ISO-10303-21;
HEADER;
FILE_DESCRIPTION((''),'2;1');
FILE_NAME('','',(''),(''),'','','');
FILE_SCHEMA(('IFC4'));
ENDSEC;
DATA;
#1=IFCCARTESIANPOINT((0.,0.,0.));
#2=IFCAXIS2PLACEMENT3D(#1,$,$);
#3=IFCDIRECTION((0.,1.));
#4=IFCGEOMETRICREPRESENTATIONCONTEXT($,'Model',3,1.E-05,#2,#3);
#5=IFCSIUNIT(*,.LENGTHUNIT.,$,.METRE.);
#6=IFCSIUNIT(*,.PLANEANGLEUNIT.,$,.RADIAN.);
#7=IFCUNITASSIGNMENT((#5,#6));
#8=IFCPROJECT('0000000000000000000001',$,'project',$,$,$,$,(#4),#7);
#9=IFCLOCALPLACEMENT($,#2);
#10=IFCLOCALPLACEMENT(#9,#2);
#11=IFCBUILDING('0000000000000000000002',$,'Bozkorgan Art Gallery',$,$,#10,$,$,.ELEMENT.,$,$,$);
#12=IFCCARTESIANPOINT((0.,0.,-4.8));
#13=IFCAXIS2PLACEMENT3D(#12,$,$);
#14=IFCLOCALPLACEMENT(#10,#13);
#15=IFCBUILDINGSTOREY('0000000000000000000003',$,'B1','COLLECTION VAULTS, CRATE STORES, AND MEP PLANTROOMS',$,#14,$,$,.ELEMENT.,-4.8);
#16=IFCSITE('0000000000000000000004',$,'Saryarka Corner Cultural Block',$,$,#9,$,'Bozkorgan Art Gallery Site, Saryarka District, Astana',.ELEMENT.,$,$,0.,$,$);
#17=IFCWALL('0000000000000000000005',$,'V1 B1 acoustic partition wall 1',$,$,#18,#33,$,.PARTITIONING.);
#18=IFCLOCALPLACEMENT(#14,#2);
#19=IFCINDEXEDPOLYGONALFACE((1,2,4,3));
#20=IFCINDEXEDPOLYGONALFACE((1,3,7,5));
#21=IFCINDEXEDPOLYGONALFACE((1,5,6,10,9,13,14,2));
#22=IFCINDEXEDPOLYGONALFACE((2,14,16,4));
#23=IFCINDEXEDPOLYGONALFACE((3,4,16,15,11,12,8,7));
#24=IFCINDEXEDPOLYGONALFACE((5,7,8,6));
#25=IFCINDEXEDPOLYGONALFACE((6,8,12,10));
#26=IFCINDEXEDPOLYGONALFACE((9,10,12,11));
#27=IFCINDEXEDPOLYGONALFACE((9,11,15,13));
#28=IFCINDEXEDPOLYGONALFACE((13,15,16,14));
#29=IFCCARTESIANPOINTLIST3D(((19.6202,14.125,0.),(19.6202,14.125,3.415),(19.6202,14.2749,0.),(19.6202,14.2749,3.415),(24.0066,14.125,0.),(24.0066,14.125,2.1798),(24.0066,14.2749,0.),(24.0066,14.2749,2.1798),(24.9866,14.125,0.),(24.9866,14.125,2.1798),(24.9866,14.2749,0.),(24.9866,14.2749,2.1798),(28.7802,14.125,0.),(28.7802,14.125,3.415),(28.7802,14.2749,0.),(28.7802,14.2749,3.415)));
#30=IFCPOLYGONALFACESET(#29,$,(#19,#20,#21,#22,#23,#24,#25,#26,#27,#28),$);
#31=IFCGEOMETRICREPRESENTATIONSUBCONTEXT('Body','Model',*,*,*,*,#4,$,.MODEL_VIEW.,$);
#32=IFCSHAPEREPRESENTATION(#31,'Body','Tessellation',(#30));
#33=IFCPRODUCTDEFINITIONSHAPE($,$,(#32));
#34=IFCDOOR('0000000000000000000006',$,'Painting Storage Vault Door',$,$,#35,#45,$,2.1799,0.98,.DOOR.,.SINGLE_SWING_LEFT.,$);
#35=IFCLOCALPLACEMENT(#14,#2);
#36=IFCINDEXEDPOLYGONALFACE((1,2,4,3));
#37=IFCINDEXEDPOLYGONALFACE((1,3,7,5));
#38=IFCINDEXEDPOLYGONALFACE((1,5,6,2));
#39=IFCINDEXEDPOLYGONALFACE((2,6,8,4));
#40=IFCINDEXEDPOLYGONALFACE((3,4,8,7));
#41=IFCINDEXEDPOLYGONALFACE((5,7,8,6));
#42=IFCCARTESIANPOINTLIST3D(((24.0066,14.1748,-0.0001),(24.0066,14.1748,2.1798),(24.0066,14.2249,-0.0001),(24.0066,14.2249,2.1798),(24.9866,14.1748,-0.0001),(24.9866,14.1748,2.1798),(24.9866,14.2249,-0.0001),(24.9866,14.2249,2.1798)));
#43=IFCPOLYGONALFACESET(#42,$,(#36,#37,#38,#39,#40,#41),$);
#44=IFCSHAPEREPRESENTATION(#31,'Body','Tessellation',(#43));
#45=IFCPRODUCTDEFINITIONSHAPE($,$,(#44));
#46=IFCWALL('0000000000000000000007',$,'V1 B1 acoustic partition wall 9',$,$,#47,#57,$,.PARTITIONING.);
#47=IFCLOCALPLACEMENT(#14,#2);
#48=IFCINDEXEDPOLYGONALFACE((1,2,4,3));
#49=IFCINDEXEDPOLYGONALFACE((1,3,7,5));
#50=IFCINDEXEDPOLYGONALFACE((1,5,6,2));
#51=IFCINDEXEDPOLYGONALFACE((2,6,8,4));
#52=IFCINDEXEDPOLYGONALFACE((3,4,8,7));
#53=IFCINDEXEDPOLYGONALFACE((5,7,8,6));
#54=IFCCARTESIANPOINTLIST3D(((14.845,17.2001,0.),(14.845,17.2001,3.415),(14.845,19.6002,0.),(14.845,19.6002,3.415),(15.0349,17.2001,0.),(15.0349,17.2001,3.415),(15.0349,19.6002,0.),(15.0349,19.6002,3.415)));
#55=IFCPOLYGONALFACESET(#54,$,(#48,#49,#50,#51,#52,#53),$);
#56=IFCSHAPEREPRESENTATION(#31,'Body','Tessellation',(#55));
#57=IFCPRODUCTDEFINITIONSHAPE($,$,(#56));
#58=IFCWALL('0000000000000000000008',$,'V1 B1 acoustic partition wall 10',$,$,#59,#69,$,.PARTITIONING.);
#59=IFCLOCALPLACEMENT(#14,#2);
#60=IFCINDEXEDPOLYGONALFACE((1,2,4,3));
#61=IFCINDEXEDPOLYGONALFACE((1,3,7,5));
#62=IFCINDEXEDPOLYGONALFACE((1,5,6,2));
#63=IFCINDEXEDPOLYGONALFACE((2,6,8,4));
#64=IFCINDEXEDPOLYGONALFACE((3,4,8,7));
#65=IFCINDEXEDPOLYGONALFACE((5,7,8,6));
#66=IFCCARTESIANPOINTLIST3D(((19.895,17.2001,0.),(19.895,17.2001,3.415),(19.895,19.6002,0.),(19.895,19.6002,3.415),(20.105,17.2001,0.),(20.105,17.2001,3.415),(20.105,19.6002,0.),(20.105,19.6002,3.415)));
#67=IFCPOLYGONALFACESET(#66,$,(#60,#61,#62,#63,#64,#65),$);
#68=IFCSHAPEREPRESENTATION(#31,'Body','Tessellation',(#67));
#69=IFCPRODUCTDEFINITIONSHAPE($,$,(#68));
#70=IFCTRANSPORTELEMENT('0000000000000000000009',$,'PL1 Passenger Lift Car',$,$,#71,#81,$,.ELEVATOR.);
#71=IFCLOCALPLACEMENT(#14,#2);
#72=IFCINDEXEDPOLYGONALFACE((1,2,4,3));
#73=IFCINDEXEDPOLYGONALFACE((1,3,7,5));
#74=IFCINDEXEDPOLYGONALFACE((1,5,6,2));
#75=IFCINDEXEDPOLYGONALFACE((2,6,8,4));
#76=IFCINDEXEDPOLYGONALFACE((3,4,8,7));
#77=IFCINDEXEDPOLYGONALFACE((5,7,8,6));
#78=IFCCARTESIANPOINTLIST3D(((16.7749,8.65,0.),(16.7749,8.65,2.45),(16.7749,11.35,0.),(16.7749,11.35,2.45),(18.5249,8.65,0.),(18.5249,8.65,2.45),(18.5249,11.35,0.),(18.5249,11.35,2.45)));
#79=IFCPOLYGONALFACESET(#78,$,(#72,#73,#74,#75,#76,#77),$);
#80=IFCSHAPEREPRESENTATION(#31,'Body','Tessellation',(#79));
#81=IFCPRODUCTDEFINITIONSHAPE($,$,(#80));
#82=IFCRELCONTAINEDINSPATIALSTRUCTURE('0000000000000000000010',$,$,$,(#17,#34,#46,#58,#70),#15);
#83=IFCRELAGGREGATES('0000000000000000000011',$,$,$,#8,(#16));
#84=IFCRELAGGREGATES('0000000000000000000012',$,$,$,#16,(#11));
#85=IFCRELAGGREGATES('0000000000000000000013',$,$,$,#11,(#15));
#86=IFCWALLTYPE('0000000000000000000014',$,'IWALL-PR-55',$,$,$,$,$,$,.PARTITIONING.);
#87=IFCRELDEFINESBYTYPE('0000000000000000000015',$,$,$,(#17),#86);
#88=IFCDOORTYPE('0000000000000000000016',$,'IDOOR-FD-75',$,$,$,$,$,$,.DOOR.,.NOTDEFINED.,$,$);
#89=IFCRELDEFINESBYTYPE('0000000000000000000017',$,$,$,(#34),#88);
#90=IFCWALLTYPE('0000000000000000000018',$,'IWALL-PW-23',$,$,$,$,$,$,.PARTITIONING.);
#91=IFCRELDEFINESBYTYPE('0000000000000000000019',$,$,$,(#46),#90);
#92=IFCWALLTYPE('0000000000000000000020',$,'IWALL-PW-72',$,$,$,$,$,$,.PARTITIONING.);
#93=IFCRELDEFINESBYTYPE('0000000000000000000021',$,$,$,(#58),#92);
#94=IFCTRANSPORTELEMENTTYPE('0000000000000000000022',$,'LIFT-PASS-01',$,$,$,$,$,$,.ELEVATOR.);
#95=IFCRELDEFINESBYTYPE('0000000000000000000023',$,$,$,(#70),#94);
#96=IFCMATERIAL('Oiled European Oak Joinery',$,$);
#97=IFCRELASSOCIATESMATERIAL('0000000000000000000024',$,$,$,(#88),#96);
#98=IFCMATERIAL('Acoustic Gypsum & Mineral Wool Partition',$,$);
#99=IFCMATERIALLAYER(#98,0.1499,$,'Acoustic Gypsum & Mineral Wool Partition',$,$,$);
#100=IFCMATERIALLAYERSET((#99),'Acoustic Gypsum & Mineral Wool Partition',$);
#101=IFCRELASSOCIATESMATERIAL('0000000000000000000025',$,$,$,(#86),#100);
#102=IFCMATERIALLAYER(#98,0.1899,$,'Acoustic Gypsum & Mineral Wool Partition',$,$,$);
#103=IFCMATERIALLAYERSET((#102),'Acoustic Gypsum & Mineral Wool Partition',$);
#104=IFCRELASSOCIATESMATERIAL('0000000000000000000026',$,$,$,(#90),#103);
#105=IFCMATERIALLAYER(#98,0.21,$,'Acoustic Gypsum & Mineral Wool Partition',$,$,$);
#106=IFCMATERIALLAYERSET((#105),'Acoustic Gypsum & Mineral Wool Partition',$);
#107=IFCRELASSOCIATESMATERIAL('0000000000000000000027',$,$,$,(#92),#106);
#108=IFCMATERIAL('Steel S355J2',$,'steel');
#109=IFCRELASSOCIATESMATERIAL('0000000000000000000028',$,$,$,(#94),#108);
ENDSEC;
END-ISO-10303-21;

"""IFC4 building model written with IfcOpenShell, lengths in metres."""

from ifc_helpers import new_model, si_unit, direction, frame, frame_2d, origin, origin_2d, place, context, subcontext, project, spatial, rectangle, extrude, material, layer, layer_set, type_object, element, fill, save


model = new_model("IFC4")

# Units and contexts
model_context = context("Model", 3, precision=1e-05, world=origin(), true_north=direction((0.0, 1.0)))
body_context = subcontext(model_context, "Body", "Model", "MODEL_VIEW")
ifc_project = project(units=[si_unit("LENGTHUNIT", "METRE"), si_unit("PLANEANGLEUNIT", "RADIAN")], contexts=[model_context])

# Site, building, storey
site_placement = place(None, origin())
site = spatial("IfcSite", under=ifc_project, at=site_placement, Name="Saryarka Corner Cultural Block", LongName="Bozkorgan Art Gallery Site, Saryarka District, Astana", CompositionType="ELEMENT", RefElevation=0.0)
building_placement = place(site_placement, origin())
building = spatial("IfcBuilding", under=site, at=building_placement, Name="Bozkorgan Art Gallery", CompositionType="ELEMENT")
storey_placement = place(building_placement, frame((0.0, 0.0, -4.8)))
storey = spatial("IfcBuildingStorey", under=building, at=storey_placement, Name="B1", Description="COLLECTION VAULTS, CRATE STORES, AND MEP PLANTROOMS", CompositionType="ELEMENT", Elevation=-4.8)

# Wall, opening, door
ifc_material_1 = material(Name="Steel S355J2", Category="steel")
ifc_material_2 = material(Name="Acoustic Gypsum & Mineral Wool Partition")
ifc_material_3 = material(Name="Oiled European Oak Joinery")
door_type_1 = type_object("IfcDoorType", Name="IDOOR-FD-75", OperationType="NOTDEFINED", PredefinedType="DOOR", material=ifc_material_3)
ifc_layer_1 = layer(ifc_material_2, 0.1499, Name="Acoustic Gypsum & Mineral Wool Partition")
ifc_layer_set_1 = layer_set([ifc_layer_1], Name="Acoustic Gypsum & Mineral Wool Partition")
wall_type_1 = type_object("IfcWallType", Name="IWALL-PR-55", PredefinedType="PARTITIONING", material=ifc_layer_set_1)
wall_1_placement = place(storey_placement, frame((19.6201, 14.2, 0.0), z_axis=(0.0, 0.0, 1.0), x_axis=(1.0, 0.0, 0.0)))
wall_1 = element("IfcWall", 1, at=wall_1_placement, inside=storey, type_object=wall_type_1, Name="V1 B1 acoustic partition wall 1", PredefinedType="PARTITIONING", context=body_context, shape_type="SweptSolid", body=[
    extrude(rectangle(XDim=9.1599, YDim=0.1499, at=frame_2d((4.5801, 0.0))), origin(), (0.0, 0.0, 1.0), 3.415),
])
opening_1_placement = place(wall_1_placement, frame((4.3865, 0.0, 0.0)))
opening_1 = element("IfcOpeningElement", 2, at=opening_1_placement, cuts=wall_1, PredefinedType="OPENING", context=body_context, shape_type="SweptSolid", body=[
    extrude(rectangle(XDim=0.98, YDim=2.1799, at=frame_2d((0.49, 1.0898))), frame((0.0, 0.085, 0.0), z_axis=(0.0, -1.0, 0.0), x_axis=(1.0, 0.0, 0.0)), (0.0, 0.0, 1.0), 0.1699),
])
door_1_placement = place(opening_1_placement, origin())
door_1 = element("IfcDoor", 3, at=door_1_placement, inside=storey, type_object=door_type_1, Name="Painting Storage Vault Door", OperationType="SINGLE_SWING_LEFT", OverallHeight=2.1799, OverallWidth=0.98, PredefinedType="DOOR", context=body_context, shape_type="SweptSolid", body=[
    extrude(rectangle(XDim=0.98, YDim=2.1799, at=frame_2d((0.49, 1.0898))), frame((0.0, 0.0249, 0.0), z_axis=(0.0, -1.0, 0.0), x_axis=(1.0, 0.0, 0.0)), (0.0, 0.0, 1.0), 0.05),
])
fill(opening_1, door_1)

# Walls
ifc_layer_2 = layer(ifc_material_2, 0.1899, Name="Acoustic Gypsum & Mineral Wool Partition")
ifc_layer_set_2 = layer_set([ifc_layer_2], Name="Acoustic Gypsum & Mineral Wool Partition")
wall_type_2 = type_object("IfcWallType", Name="IWALL-PW-23", PredefinedType="PARTITIONING", material=ifc_layer_set_2)
wall_2_placement = place(storey_placement, frame((14.9399, 17.2, 0.0), z_axis=(0.0, 0.0, 1.0), x_axis=(0.0, 1.0, 0.0)))
element("IfcWall", 4, at=wall_2_placement, inside=storey, type_object=wall_type_2, Name="V1 B1 acoustic partition wall 9", PredefinedType="PARTITIONING", context=body_context, shape_type="SweptSolid", body=[
    extrude(rectangle(XDim=2.4001, YDim=0.1899, at=frame_2d((1.2002, 0.0))), origin(), (0.0, 0.0, 1.0), 3.415),
])
ifc_layer_3 = layer(ifc_material_2, 0.21, Name="Acoustic Gypsum & Mineral Wool Partition")
ifc_layer_set_3 = layer_set([ifc_layer_3], Name="Acoustic Gypsum & Mineral Wool Partition")
wall_type_3 = type_object("IfcWallType", Name="IWALL-PW-72", PredefinedType="PARTITIONING", material=ifc_layer_set_3)
wall_3_placement = place(storey_placement, frame((20.0, 17.2, 0.0), z_axis=(0.0, 0.0, 1.0), x_axis=(0.0, 1.0, 0.0)))
element("IfcWall", 5, at=wall_3_placement, inside=storey, type_object=wall_type_3, Name="V1 B1 acoustic partition wall 10", PredefinedType="PARTITIONING", context=body_context, shape_type="SweptSolid", body=[
    extrude(rectangle(XDim=2.4001, YDim=0.21, at=frame_2d((1.2002, 0.0))), origin(), (0.0, 0.0, 1.0), 3.415),
])

# Transport element
transport_element_type = type_object("IfcTransportElementType", Name="LIFT-PASS-01", PredefinedType="ELEVATOR", material=ifc_material_1)
transport_element_placement = place(storey_placement, frame((17.6499, 10.0, 0.0), z_axis=(0.0, 0.0, 1.0), x_axis=(1.0, 0.0, 0.0)))
element("IfcTransportElement", 6, at=transport_element_placement, inside=storey, type_object=transport_element_type, Name="PL1 Passenger Lift Car", PredefinedType="ELEVATOR", context=body_context, shape_type="SweptSolid", body=[
    extrude(rectangle(XDim=1.75, YDim=2.7, at=origin_2d()), origin(), (0.0, 0.0, 1.0), 2.45),
])

save(model, "model.ifc")
